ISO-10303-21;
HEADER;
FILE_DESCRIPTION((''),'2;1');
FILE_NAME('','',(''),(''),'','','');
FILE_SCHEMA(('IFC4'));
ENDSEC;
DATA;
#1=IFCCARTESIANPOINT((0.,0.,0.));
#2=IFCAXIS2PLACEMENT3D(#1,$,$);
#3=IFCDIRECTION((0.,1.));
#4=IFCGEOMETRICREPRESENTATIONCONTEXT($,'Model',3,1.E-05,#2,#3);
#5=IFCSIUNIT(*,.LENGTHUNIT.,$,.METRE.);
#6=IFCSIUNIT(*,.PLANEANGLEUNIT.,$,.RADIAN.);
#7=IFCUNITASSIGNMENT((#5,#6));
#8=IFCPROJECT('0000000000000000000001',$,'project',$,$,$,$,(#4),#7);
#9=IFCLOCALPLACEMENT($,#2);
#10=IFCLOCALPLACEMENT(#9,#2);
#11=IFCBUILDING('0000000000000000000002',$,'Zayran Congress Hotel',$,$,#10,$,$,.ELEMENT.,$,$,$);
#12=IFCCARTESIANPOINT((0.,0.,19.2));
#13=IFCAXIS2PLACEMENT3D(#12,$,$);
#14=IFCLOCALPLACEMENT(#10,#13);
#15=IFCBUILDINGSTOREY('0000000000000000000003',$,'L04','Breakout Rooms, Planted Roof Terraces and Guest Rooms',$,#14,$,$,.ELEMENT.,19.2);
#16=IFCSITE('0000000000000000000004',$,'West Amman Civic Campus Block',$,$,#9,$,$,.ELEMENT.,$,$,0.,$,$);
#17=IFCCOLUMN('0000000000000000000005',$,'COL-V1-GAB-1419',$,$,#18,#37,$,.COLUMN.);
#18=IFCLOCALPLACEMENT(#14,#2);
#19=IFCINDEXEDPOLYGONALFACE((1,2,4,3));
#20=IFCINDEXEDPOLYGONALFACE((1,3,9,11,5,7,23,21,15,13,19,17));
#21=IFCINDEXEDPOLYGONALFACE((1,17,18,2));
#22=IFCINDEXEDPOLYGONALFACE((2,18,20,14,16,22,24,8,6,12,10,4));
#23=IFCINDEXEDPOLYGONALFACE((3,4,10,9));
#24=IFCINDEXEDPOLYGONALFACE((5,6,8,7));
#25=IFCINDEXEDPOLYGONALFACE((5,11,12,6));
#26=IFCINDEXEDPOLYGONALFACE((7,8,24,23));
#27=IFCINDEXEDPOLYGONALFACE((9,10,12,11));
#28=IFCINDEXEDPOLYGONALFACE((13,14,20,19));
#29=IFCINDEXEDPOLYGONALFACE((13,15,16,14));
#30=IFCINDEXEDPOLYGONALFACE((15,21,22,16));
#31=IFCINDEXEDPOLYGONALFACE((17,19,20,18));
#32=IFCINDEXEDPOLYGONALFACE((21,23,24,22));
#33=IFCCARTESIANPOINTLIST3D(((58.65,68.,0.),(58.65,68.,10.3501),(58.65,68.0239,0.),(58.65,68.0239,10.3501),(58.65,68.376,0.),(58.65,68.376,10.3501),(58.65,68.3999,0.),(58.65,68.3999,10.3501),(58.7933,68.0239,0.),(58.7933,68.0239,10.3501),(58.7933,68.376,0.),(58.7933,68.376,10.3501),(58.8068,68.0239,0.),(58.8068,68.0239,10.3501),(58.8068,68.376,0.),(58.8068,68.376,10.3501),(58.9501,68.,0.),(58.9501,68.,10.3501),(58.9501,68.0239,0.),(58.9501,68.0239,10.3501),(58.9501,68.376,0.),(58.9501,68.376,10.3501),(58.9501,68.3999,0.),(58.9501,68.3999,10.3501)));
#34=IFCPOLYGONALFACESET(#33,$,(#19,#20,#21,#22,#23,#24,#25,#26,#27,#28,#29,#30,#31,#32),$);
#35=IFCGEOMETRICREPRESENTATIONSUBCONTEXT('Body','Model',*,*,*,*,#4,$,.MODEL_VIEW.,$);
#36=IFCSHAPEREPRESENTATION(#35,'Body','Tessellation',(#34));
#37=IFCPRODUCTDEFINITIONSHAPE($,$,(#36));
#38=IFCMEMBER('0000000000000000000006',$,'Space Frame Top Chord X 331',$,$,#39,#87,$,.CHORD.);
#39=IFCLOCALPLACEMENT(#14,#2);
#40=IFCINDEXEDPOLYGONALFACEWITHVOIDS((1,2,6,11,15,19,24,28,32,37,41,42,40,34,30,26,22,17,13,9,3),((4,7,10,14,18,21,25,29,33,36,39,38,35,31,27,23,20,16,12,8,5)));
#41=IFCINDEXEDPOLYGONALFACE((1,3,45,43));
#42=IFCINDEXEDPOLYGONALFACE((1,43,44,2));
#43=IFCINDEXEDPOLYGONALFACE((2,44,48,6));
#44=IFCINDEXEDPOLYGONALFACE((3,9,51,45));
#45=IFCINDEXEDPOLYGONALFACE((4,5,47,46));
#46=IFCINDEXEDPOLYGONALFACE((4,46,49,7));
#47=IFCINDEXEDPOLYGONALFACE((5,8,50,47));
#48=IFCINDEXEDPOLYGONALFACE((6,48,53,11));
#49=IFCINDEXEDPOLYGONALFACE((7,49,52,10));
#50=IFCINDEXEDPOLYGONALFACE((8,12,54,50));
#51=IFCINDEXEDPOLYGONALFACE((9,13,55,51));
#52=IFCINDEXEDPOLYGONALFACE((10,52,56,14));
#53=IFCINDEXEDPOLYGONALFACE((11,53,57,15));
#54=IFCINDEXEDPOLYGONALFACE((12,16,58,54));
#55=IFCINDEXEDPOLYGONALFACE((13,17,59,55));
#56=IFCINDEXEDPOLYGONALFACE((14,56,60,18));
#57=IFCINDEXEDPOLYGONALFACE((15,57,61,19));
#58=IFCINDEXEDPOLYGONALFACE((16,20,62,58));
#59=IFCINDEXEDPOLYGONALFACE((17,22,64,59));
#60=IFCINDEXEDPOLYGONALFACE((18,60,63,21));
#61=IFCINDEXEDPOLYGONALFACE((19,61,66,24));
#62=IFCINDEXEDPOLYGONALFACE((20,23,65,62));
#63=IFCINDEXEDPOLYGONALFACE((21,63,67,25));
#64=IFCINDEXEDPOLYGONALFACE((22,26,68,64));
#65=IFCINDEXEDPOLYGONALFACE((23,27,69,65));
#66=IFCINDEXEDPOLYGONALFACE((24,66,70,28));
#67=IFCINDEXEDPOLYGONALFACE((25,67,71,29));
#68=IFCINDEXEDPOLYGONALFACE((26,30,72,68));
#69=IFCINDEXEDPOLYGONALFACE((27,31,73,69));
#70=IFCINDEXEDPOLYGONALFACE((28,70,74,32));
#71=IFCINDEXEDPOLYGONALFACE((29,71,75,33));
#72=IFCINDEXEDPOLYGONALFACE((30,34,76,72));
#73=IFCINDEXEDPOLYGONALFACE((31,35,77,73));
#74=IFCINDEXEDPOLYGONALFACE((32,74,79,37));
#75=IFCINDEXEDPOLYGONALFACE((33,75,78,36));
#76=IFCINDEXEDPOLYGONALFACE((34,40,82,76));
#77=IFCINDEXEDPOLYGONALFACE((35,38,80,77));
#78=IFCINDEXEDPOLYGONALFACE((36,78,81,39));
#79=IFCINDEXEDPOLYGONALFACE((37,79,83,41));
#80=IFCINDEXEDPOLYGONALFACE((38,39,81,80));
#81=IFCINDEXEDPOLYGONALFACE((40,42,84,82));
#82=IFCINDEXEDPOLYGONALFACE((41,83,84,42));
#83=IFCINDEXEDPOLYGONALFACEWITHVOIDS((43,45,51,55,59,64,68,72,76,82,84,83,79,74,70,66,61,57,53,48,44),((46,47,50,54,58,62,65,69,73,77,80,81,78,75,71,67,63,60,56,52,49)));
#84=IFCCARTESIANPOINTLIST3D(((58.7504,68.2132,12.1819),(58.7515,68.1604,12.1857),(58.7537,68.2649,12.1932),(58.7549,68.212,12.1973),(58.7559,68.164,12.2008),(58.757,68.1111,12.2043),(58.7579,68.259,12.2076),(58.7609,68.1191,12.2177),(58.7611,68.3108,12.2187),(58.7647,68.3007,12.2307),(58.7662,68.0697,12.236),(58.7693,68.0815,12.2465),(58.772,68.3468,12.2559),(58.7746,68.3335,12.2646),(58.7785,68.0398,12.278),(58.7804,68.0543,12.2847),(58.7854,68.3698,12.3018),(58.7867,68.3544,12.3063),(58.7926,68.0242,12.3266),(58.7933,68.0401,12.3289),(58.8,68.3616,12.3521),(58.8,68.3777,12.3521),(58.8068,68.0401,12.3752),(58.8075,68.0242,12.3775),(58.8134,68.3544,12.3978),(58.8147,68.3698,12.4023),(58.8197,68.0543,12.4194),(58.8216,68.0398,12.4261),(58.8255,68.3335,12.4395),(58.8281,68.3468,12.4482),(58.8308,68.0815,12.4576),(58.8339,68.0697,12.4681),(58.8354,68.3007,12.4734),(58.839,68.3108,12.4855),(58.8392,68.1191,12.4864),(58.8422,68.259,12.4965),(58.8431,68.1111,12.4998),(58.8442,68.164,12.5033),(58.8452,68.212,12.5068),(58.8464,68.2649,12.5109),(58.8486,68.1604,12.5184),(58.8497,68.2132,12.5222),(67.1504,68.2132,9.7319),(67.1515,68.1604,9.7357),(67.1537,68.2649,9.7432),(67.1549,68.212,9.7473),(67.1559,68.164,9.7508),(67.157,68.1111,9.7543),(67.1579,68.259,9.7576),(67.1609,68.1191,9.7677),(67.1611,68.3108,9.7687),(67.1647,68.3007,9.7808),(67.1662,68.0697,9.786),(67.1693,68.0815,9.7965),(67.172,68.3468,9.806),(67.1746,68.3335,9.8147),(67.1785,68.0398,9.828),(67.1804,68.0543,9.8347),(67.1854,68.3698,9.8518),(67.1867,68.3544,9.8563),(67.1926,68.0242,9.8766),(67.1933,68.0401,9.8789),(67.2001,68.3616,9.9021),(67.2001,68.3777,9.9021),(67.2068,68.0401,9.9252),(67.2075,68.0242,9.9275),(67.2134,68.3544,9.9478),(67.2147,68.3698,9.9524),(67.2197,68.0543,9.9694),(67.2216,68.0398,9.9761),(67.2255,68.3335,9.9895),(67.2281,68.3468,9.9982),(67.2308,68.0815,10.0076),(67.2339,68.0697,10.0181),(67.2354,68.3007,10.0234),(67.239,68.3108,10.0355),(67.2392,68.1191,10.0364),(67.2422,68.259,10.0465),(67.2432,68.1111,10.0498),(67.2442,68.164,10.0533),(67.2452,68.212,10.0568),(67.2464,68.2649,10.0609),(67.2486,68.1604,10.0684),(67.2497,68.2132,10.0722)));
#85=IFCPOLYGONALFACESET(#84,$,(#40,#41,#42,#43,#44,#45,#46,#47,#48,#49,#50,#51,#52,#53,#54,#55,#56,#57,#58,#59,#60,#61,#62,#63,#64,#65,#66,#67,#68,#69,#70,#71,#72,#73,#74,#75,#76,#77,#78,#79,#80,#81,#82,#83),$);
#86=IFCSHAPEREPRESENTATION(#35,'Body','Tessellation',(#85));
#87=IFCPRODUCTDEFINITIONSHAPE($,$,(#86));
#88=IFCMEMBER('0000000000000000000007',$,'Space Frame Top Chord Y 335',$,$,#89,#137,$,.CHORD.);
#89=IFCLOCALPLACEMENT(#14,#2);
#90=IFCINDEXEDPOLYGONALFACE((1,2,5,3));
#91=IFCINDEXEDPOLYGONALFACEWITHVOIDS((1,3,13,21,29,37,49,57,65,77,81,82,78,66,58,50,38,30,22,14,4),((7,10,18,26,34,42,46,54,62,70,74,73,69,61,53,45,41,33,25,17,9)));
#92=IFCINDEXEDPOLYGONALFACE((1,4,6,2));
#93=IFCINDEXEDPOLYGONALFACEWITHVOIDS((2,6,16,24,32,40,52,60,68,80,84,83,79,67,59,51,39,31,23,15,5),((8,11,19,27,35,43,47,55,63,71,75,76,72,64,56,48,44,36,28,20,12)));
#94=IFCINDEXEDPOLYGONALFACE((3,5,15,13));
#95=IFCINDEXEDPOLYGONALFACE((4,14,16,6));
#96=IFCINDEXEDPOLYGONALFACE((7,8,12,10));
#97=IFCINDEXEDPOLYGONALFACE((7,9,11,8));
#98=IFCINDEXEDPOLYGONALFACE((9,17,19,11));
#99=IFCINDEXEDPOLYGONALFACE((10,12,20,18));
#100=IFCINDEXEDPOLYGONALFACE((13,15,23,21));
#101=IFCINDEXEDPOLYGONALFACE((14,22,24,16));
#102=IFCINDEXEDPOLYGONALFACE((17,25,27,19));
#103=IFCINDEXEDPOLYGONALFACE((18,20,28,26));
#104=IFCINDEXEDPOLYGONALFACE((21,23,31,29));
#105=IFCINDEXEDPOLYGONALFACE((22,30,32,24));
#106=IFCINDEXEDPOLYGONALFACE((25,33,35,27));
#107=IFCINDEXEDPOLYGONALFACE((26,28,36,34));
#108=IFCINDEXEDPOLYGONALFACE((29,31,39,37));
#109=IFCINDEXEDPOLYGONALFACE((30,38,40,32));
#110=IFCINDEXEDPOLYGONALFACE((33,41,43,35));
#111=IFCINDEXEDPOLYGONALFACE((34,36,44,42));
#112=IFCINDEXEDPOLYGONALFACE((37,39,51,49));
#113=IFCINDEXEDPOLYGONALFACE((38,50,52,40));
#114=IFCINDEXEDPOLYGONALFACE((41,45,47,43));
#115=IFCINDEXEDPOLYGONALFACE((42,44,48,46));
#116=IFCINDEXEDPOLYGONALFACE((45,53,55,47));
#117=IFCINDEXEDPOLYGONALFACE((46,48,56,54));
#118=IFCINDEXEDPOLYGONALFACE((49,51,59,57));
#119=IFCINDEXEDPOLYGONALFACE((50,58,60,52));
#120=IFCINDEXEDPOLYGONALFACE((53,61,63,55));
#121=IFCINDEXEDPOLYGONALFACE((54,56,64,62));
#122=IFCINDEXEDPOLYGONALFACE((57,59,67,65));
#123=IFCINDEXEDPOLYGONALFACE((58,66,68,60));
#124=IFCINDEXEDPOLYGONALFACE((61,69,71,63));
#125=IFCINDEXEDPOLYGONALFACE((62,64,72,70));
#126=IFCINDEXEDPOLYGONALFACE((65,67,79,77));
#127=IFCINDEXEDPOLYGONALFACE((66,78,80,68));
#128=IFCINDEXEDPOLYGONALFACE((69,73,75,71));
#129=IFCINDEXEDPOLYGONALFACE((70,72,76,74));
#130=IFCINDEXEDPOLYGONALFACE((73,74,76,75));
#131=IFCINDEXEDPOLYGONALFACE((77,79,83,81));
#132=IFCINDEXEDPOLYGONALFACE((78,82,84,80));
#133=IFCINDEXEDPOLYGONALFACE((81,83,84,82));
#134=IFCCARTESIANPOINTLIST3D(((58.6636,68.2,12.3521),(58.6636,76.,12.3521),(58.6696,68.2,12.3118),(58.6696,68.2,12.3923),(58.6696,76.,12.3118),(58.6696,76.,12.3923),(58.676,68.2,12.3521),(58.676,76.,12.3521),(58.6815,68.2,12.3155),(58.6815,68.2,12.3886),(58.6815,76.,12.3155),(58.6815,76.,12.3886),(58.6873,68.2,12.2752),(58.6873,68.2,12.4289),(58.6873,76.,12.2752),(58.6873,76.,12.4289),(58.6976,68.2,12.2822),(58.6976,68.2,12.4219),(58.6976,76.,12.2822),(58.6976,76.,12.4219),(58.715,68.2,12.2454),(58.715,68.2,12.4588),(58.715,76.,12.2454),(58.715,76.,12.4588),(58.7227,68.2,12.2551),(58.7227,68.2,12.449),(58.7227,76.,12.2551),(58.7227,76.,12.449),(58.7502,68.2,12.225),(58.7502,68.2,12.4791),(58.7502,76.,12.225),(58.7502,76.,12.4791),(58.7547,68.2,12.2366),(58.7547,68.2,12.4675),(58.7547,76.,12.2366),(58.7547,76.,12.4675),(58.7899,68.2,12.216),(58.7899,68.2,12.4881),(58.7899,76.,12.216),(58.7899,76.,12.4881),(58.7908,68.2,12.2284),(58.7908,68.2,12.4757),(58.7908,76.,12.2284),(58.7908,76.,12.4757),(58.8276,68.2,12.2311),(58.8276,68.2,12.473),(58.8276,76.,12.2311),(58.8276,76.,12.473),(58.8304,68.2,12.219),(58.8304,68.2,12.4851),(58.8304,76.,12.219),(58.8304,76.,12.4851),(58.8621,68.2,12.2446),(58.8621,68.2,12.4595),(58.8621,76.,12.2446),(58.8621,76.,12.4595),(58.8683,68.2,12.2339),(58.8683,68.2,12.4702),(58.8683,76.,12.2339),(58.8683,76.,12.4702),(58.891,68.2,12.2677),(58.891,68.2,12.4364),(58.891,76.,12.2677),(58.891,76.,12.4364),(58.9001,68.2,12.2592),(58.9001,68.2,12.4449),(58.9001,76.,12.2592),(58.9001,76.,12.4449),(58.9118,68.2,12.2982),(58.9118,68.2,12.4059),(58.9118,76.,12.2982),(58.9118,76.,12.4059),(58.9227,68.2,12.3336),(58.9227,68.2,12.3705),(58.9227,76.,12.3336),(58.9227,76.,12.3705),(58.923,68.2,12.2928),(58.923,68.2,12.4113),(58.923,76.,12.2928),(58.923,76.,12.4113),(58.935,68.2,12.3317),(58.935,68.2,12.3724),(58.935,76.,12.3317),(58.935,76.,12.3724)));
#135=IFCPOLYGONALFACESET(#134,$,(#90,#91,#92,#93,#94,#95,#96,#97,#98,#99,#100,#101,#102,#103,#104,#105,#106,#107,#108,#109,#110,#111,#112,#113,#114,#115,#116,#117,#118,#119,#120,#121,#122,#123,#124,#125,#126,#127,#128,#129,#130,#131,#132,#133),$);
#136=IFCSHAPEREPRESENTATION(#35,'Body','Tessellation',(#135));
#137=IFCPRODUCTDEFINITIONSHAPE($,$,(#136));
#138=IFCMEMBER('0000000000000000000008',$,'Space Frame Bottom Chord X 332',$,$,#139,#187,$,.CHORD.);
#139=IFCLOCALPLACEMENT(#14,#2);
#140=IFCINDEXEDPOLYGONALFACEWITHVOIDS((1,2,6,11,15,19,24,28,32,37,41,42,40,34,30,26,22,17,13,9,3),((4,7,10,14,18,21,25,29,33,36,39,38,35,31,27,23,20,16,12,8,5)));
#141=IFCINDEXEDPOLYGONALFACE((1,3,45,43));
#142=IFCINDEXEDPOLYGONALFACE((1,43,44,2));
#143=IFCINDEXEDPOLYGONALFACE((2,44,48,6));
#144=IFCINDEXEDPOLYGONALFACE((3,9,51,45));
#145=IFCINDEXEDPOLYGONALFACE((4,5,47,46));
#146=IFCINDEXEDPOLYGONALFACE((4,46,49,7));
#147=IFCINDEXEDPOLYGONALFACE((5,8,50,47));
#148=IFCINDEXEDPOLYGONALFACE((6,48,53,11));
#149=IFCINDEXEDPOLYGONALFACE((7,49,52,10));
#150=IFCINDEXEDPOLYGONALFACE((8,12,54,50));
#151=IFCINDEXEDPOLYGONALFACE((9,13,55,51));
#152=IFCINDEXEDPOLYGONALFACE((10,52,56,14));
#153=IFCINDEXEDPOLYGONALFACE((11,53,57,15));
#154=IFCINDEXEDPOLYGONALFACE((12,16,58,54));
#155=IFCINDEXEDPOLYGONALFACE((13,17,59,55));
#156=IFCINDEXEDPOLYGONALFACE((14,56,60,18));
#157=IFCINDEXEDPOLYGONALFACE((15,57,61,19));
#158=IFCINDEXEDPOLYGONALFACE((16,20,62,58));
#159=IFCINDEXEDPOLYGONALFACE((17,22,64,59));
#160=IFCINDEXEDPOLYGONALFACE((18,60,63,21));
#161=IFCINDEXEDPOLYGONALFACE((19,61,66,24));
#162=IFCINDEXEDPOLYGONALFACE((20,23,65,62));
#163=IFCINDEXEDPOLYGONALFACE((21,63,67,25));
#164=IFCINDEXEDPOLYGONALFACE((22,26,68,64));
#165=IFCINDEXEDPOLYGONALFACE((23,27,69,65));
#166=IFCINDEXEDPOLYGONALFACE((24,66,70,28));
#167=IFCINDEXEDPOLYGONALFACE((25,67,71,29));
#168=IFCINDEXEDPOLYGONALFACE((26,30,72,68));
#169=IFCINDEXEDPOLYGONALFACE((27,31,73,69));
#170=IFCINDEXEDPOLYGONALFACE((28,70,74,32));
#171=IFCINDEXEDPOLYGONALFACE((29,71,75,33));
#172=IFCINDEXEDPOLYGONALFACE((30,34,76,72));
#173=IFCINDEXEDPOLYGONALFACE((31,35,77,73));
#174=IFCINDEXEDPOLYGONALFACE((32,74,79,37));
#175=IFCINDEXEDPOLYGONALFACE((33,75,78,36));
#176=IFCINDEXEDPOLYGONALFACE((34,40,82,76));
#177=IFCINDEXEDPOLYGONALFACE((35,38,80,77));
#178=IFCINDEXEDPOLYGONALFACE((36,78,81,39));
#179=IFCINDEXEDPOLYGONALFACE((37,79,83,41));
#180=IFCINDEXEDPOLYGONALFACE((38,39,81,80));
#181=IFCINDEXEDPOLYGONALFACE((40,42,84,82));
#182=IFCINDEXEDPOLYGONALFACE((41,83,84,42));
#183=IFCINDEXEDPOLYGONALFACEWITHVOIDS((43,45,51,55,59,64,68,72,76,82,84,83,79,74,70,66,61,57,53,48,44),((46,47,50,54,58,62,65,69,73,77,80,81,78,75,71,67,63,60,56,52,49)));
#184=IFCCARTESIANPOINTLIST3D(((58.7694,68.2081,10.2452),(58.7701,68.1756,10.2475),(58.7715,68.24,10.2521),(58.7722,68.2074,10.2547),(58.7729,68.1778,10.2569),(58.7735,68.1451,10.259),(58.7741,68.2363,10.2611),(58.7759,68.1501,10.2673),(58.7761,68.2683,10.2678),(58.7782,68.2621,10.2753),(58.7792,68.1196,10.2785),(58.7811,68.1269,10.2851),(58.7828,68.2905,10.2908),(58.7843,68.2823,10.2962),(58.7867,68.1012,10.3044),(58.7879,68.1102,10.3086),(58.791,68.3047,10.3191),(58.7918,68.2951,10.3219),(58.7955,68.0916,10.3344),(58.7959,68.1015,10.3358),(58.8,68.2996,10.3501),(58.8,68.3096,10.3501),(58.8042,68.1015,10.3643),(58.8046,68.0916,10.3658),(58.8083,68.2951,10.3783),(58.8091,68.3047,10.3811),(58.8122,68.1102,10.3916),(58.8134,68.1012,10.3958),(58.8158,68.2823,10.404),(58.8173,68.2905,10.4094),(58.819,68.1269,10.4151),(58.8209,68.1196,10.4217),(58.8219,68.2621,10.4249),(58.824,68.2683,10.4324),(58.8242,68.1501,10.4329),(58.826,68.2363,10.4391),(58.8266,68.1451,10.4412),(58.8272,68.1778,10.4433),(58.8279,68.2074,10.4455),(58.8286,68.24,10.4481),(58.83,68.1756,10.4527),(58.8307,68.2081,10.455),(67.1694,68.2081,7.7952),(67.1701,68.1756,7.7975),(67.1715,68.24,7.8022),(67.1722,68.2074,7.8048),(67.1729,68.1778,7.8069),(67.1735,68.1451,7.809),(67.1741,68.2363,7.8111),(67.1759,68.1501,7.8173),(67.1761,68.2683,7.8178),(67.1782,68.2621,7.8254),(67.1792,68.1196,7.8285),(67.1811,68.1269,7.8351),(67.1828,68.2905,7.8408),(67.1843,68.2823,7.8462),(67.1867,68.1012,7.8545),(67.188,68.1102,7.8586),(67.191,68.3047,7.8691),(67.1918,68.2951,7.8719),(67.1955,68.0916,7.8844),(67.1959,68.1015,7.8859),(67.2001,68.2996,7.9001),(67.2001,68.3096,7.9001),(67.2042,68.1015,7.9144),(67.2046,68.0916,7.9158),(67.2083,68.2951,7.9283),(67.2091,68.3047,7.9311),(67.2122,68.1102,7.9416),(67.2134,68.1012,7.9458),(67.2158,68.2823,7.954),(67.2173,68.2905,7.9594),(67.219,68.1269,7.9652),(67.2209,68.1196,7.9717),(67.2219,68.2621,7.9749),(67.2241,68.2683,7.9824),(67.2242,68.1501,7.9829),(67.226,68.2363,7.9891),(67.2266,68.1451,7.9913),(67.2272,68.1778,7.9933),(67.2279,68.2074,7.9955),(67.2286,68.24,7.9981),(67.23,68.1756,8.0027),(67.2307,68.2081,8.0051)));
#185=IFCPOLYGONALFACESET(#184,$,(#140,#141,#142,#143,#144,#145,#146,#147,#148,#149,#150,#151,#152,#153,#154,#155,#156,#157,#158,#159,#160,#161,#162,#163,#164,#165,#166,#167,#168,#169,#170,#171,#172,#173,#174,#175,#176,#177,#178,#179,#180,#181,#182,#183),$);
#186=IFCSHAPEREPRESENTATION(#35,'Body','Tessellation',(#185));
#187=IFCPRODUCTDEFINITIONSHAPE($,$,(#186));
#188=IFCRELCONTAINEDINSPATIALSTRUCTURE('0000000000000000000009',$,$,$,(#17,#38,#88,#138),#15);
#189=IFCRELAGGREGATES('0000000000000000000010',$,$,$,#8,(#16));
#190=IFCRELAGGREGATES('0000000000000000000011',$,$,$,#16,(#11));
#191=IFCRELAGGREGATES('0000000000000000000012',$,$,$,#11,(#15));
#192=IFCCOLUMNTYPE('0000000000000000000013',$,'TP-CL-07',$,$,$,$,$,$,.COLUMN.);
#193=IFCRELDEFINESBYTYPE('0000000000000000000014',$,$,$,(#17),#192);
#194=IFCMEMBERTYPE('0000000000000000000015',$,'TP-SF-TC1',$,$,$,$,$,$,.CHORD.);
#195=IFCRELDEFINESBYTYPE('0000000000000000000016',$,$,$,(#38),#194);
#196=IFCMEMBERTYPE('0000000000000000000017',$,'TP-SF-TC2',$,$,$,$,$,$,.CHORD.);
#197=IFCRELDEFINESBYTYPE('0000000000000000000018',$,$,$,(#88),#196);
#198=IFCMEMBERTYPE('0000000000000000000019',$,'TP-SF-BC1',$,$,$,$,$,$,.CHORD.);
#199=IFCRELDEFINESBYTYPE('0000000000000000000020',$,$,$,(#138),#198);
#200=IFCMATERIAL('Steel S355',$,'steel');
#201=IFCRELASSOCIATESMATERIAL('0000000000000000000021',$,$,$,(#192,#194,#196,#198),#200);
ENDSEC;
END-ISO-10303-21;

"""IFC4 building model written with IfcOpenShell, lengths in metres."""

from ifc_helpers import new_model, si_unit, direction, frame, origin, origin_2d, place, context, subcontext, project, spatial, hollow_circle, i_section, extrude, material, material_profile, profile_set, type_object, element, save


model = new_model("IFC4")

# Units and contexts
model_context = context("Model", 3, precision=1e-05, world=origin(), true_north=direction((0.0, 1.0)))
body_context = subcontext(model_context, "Body", "Model", "MODEL_VIEW")
ifc_project = project(units=[si_unit("LENGTHUNIT", "METRE"), si_unit("PLANEANGLEUNIT", "RADIAN")], contexts=[model_context])

# Site, building, storey
site_placement = place(None, origin())
site = spatial("IfcSite", under=ifc_project, at=site_placement, Name="West Amman Civic Campus Block", CompositionType="ELEMENT", RefElevation=0.0)
building_placement = place(site_placement, origin())
building = spatial("IfcBuilding", under=site, at=building_placement, Name="Zayran Congress Hotel", CompositionType="ELEMENT")
storey_placement = place(building_placement, frame((0.0, 0.0, 19.2)))
storey = spatial("IfcBuildingStorey", under=building, at=storey_placement, Name="L04", Description="Breakout Rooms, Planted Roof Terraces and Guest Rooms", CompositionType="ELEMENT", Elevation=19.2)

# Column
ifc_material_1 = material(Name="Steel S355", Category="steel")
ifc_material_profile_1 = material_profile(ifc_material_1, i_section(OverallWidth=0.3, OverallDepth=0.3999, WebThickness=0.0134, FlangeThickness=0.0239, at=origin_2d()), Name="HEB 400")
ifc_profile_set_1 = profile_set([ifc_material_profile_1], Name="Steel S355")
column_type = type_object("IfcColumnType", Name="TP-CL-07", PredefinedType="COLUMN", material=ifc_profile_set_1)
column_placement = place(storey_placement, frame((58.8, 68.2, 0.0), z_axis=(0.0, 0.0, 1.0), x_axis=(1.0, 0.0, 0.0)))
element("IfcColumn", 1, at=column_placement, inside=storey, type_object=column_type, Name="COL-V1-GAB-1419", PredefinedType="COLUMN", context=body_context, shape_type="SweptSolid", body=[
    extrude(i_section(OverallWidth=0.3, OverallDepth=0.3999, WebThickness=0.0134, FlangeThickness=0.0239, at=origin_2d()), origin(), (0.0, 0.0, 1.0), 10.3501),
])

# Members
ifc_material_profile_2 = material_profile(ifc_material_1, hollow_circle(Radius=0.1777, WallThickness=0.0161, at=origin_2d()), Name="CHS 355.6x16")
ifc_profile_set_2 = profile_set([ifc_material_profile_2], Name="Steel S355")
member_type_1 = type_object("IfcMemberType", Name="TP-SF-TC1", PredefinedType="CHORD", material=ifc_profile_set_2)
member_1_placement = place(storey_placement, frame((58.8, 68.2, 12.3521), z_axis=(0.960001, 0.0, -0.279998), x_axis=(0.0, 1.0, 0.0)))
element("IfcMember", 2, at=member_1_placement, inside=storey, type_object=member_type_1, Name="Space Frame Top Chord X 331", PredefinedType="CHORD", context=body_context, shape_type="SweptSolid", body=[
    extrude(hollow_circle(Radius=0.1777, WallThickness=0.0161, at=origin_2d()), origin(), (0.0, 0.0, 1.0), 8.75),
])
ifc_material_profile_3 = material_profile(ifc_material_1, hollow_circle(Radius=0.1365, WallThickness=0.0125, at=origin_2d()), Name="CHS 273x12.5")
ifc_profile_set_3 = profile_set([ifc_material_profile_3], Name="Steel S355")
member_type_2 = type_object("IfcMemberType", Name="TP-SF-TC2", PredefinedType="CHORD", material=ifc_profile_set_3)
member_2_placement = place(storey_placement, frame((58.8, 68.2, 12.3521), z_axis=(0.0, 1.0, 0.0), x_axis=(-1.0, 0.0, 0.0)))
element("IfcMember", 3, at=member_2_placement, inside=storey, type_object=member_type_2, Name="Space Frame Top Chord Y 335", PredefinedType="CHORD", context=body_context, shape_type="SweptSolid", body=[
    extrude(hollow_circle(Radius=0.1365, WallThickness=0.0125, at=origin_2d()), origin(), (0.0, 0.0, 1.0), 7.8),
])
ifc_material_profile_4 = material_profile(ifc_material_1, hollow_circle(Radius=0.1096, WallThickness=0.01, at=origin_2d()), Name="CHS 219.1x10")
ifc_profile_set_4 = profile_set([ifc_material_profile_4], Name="Steel S355")
member_type_3 = type_object("IfcMemberType", Name="TP-SF-BC1", PredefinedType="CHORD", material=ifc_profile_set_4)
member_3_placement = place(storey_placement, frame((58.8, 68.2, 10.3501), z_axis=(0.960001, 0.0, -0.279998), x_axis=(0.0, 1.0, 0.0)))
element("IfcMember", 4, at=member_3_placement, inside=storey, type_object=member_type_3, Name="Space Frame Bottom Chord X 332", PredefinedType="CHORD", context=body_context, shape_type="SweptSolid", body=[
    extrude(hollow_circle(Radius=0.1096, WallThickness=0.01, at=origin_2d()), origin(), (0.0, 0.0, 1.0), 8.75),
])

save(model, "model.ifc")
